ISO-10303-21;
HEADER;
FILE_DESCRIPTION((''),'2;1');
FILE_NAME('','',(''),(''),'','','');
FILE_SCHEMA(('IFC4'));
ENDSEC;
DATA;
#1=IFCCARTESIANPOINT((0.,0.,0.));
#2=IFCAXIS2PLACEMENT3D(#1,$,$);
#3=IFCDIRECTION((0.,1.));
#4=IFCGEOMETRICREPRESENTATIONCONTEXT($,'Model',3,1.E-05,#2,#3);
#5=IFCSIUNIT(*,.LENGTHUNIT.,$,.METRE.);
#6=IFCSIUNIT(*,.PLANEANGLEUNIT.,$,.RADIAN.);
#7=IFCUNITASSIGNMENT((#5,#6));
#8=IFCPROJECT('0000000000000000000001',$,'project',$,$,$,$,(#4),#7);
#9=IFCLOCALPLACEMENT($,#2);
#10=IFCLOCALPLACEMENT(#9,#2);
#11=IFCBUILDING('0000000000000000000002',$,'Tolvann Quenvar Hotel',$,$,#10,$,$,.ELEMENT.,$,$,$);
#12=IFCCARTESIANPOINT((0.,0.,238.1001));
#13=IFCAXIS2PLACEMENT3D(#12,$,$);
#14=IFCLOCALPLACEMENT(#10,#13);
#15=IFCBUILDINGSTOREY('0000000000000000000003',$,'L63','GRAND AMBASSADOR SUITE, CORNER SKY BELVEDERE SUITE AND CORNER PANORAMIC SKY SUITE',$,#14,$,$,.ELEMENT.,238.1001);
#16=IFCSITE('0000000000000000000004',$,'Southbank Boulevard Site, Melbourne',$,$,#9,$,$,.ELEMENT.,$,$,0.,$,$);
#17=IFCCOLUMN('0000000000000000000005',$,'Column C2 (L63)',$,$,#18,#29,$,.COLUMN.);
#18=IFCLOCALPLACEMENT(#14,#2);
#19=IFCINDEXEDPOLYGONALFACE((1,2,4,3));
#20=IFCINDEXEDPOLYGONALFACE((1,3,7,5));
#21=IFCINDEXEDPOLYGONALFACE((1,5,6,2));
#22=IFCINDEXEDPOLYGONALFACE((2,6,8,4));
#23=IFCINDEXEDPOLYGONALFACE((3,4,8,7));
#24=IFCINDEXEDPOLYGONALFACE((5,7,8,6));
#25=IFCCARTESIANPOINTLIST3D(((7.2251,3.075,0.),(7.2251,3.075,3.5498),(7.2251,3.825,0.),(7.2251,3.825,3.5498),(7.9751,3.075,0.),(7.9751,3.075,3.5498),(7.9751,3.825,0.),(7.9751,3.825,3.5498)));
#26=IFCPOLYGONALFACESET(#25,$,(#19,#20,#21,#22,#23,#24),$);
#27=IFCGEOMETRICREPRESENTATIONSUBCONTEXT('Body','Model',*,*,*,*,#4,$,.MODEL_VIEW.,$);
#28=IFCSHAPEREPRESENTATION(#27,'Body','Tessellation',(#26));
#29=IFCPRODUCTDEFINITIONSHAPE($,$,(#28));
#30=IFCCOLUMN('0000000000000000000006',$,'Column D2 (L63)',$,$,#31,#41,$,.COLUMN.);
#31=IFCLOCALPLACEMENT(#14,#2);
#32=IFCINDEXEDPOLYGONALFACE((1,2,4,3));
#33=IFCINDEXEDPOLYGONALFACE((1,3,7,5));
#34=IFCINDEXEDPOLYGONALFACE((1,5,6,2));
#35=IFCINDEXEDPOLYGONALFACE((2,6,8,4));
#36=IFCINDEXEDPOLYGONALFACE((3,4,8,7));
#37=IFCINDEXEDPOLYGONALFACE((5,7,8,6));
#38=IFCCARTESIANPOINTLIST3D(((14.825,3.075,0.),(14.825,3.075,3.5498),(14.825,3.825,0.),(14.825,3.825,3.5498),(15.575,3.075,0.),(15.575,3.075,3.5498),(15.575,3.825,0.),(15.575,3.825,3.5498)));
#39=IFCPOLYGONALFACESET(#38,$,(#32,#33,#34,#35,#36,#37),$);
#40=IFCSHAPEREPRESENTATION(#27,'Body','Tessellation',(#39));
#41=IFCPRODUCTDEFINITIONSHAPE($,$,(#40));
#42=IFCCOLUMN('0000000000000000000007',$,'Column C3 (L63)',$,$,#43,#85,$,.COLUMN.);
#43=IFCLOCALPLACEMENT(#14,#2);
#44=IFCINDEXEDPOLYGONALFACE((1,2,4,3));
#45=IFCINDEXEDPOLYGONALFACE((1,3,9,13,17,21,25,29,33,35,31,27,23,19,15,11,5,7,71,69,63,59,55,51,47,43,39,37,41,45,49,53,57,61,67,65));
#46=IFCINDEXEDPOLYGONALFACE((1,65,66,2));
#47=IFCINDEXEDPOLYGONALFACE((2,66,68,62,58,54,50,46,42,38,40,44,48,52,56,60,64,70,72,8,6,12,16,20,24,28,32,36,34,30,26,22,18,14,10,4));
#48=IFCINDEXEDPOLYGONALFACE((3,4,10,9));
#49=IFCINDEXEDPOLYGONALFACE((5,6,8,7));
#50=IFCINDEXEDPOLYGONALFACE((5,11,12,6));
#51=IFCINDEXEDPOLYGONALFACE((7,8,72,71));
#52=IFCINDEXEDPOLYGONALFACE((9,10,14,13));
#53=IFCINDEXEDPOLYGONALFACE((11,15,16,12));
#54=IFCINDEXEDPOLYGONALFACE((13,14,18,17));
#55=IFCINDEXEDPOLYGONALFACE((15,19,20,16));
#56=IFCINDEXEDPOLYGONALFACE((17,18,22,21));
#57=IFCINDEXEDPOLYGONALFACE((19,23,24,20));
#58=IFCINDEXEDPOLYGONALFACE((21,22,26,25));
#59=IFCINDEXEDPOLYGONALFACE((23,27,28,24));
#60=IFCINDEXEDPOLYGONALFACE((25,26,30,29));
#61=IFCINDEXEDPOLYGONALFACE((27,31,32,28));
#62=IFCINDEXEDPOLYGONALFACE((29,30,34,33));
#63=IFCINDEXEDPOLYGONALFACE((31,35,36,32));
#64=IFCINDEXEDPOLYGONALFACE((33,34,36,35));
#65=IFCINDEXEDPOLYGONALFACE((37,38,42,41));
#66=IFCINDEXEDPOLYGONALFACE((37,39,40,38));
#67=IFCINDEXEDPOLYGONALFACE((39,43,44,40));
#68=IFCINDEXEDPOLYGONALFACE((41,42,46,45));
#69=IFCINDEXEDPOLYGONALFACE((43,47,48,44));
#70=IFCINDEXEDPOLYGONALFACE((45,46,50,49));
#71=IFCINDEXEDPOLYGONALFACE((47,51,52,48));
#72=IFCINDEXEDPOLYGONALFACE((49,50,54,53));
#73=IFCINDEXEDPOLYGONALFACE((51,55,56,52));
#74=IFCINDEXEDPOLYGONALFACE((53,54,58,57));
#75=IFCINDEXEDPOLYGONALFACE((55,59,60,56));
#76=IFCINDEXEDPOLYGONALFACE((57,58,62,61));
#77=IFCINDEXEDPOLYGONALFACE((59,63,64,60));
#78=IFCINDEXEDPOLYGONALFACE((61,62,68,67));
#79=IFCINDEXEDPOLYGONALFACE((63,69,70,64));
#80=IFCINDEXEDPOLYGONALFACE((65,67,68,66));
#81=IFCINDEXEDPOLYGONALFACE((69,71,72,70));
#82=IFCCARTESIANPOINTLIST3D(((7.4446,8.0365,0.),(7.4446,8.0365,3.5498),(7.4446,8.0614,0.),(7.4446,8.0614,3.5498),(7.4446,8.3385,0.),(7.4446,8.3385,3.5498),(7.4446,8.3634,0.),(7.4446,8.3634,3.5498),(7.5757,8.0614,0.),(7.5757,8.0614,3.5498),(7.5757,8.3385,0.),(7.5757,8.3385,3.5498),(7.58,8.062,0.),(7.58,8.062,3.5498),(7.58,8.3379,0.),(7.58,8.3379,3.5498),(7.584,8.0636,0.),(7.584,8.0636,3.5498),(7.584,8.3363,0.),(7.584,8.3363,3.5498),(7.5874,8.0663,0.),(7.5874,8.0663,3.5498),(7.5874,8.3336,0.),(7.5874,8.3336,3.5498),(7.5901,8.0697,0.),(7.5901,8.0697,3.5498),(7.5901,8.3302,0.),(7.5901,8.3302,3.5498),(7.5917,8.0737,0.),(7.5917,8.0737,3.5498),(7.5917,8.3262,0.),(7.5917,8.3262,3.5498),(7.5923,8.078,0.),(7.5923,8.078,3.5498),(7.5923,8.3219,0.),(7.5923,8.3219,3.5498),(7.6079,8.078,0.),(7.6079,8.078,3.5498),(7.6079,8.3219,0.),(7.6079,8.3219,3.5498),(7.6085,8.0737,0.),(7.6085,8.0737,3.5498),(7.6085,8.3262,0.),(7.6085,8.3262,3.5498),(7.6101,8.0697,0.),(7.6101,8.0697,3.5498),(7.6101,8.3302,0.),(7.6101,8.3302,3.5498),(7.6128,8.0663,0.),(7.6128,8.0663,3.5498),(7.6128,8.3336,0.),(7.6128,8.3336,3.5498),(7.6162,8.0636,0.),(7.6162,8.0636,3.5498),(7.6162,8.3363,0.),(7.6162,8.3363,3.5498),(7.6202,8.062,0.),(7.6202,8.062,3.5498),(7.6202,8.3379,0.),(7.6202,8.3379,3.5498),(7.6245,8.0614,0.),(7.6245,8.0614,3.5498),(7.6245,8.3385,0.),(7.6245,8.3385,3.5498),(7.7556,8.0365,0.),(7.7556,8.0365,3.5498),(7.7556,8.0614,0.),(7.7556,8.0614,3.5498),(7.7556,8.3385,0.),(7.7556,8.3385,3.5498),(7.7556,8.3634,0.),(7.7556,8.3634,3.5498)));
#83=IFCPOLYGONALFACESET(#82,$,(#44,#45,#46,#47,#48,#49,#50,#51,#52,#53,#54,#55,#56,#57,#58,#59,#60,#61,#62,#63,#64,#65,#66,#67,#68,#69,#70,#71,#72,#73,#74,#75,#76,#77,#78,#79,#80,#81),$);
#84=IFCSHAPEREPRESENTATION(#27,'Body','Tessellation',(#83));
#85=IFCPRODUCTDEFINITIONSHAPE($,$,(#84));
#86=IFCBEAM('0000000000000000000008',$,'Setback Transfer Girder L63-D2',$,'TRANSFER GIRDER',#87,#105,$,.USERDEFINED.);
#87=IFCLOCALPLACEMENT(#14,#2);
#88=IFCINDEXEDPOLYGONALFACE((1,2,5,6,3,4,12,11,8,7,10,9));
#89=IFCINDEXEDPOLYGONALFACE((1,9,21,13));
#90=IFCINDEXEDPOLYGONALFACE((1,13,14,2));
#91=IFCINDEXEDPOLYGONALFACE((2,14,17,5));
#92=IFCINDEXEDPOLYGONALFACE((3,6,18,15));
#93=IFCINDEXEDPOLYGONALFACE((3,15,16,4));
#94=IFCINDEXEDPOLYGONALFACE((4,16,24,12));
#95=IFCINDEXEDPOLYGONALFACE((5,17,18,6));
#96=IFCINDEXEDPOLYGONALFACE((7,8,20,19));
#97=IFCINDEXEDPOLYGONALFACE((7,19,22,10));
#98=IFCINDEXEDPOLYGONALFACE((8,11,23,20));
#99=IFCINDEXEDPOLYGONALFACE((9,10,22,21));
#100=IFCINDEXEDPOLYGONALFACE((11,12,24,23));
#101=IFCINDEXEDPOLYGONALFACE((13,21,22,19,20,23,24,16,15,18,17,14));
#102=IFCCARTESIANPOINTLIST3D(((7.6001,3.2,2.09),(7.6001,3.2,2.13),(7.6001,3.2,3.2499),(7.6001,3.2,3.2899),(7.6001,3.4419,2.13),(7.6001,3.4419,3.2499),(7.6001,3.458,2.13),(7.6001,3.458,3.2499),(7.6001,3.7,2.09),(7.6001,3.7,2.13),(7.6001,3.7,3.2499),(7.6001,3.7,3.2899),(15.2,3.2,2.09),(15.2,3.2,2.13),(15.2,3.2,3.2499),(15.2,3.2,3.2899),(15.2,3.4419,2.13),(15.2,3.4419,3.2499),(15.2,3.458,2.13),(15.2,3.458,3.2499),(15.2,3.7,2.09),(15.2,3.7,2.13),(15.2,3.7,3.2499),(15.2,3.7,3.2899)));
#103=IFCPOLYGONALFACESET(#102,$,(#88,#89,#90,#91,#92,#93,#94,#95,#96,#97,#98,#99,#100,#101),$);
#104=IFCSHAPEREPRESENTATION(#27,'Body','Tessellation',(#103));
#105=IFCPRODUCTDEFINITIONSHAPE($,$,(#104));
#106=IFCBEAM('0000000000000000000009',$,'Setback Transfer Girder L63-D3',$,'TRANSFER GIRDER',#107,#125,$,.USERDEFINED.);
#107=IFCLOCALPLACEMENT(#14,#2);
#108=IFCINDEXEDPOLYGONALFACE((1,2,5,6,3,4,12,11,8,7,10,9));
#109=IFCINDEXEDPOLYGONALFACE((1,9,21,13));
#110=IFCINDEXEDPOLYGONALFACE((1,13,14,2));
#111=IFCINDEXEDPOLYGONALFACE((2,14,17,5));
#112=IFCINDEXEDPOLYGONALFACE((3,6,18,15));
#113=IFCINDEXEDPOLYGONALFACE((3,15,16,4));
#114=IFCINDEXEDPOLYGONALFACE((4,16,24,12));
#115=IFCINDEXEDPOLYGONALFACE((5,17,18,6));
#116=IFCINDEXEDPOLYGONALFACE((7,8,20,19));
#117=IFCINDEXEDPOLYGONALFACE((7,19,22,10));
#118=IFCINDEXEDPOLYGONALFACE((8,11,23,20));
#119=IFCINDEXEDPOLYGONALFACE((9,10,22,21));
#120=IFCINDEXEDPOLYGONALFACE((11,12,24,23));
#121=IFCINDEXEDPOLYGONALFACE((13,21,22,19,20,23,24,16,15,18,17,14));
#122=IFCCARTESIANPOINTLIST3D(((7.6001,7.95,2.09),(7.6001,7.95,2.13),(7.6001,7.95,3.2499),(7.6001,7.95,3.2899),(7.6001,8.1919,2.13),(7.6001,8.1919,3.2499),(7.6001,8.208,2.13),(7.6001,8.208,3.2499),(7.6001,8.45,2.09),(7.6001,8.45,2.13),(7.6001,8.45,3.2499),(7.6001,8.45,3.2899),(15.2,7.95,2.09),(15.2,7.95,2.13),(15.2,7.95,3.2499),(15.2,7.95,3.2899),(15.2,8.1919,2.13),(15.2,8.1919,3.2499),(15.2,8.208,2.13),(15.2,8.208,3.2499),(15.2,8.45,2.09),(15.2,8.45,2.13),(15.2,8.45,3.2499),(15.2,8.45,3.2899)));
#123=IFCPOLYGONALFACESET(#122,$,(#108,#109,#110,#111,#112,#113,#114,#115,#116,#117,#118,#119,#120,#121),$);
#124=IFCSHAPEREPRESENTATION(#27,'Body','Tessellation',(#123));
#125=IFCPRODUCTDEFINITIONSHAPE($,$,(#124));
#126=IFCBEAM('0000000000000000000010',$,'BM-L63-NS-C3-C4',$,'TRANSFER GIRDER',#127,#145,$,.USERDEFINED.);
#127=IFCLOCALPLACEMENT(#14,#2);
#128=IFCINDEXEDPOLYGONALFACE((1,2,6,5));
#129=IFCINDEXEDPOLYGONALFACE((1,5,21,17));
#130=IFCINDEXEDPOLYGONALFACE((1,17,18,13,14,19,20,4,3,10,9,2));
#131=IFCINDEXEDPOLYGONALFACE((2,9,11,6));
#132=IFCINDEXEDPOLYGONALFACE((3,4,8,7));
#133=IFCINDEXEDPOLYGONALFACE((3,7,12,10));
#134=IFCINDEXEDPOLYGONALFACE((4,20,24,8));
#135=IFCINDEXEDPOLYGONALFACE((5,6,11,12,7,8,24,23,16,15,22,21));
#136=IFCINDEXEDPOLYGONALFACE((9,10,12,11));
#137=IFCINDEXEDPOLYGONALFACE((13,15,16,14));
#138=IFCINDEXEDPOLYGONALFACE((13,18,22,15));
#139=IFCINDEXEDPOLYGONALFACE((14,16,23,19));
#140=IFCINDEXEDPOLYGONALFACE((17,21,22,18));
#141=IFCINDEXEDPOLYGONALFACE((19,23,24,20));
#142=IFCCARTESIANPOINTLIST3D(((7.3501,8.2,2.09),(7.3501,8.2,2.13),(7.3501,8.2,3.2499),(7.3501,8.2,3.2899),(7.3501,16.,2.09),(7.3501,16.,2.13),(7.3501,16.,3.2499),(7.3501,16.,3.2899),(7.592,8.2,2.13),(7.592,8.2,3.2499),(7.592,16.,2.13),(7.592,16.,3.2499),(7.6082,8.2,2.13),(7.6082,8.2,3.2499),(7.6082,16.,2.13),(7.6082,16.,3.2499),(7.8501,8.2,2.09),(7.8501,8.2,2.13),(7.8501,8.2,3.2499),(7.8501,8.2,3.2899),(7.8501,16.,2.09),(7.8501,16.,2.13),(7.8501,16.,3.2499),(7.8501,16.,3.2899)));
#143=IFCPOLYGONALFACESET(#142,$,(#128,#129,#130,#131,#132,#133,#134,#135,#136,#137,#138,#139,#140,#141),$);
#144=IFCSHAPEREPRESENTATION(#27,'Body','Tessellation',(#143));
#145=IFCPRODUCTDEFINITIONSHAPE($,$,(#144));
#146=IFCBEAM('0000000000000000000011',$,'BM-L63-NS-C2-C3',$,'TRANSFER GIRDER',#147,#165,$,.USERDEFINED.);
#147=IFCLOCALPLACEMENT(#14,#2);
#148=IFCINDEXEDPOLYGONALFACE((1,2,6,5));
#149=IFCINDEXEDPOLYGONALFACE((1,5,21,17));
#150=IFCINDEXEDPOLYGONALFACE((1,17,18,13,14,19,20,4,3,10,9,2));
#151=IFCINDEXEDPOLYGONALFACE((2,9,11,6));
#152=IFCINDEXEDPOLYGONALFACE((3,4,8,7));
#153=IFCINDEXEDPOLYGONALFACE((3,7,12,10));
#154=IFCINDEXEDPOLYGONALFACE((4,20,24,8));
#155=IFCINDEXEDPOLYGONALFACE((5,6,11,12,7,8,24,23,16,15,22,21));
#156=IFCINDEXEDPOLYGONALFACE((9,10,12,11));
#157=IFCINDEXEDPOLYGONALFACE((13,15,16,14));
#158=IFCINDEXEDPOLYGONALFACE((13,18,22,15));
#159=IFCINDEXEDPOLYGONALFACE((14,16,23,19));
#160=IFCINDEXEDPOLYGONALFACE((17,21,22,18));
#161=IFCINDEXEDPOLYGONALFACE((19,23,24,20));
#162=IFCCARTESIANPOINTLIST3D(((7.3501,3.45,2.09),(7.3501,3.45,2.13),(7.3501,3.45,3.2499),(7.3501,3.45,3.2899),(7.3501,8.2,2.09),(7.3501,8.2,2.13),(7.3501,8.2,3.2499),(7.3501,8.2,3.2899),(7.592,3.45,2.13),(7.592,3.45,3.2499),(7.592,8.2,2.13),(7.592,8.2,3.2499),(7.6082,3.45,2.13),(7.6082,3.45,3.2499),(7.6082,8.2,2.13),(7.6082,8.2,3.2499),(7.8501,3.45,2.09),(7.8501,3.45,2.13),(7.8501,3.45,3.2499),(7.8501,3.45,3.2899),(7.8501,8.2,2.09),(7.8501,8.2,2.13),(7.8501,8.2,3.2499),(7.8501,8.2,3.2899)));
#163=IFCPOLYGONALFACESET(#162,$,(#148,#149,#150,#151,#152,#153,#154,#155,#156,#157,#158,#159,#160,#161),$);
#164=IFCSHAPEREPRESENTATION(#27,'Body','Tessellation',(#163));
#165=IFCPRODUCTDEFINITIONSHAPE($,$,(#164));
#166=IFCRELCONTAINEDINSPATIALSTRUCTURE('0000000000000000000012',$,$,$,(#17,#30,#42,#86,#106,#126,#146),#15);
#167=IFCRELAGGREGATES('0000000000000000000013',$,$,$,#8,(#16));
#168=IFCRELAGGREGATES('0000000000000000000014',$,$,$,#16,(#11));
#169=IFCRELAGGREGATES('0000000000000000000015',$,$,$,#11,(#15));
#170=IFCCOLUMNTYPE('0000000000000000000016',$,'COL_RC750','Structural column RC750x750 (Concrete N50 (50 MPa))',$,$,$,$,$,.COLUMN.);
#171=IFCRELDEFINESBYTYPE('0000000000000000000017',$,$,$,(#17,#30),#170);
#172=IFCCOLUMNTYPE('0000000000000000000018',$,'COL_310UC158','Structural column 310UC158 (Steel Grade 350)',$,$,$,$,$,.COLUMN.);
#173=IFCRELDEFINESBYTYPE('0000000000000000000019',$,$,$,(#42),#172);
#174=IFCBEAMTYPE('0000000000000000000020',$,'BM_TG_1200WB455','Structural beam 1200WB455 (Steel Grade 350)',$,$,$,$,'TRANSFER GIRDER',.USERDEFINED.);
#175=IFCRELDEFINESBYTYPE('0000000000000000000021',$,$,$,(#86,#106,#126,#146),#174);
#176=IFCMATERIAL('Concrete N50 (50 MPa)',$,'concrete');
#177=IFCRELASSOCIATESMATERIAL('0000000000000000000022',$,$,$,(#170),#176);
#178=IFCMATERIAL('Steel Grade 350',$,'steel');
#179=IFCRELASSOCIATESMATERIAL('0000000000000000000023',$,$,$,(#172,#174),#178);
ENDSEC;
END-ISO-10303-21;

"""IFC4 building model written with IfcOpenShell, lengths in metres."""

from ifc_helpers import new_model, si_unit, direction, frame, origin, origin_2d, place, context, subcontext, project, spatial, rectangle, i_section, extrude, source, transform, mapped, material, material_profile, profile_set, type_object, type_shapes, element, save


model = new_model("IFC4")

# Units and contexts
model_context = context("Model", 3, precision=1e-05, world=origin(), true_north=direction((0.0, 1.0)))
body_context = subcontext(model_context, "Body", "Model", "MODEL_VIEW")
ifc_project = project(units=[si_unit("LENGTHUNIT", "METRE"), si_unit("PLANEANGLEUNIT", "RADIAN")], contexts=[model_context])

# Site, building, storey
site_placement = place(None, origin())
site = spatial("IfcSite", under=ifc_project, at=site_placement, Name="Southbank Boulevard Site, Melbourne", CompositionType="ELEMENT", RefElevation=0.0)
building_placement = place(site_placement, origin())
building = spatial("IfcBuilding", under=site, at=building_placement, Name="Tolvann Quenvar Hotel", CompositionType="ELEMENT")
storey_placement = place(building_placement, frame((0.0, 0.0, 238.1001)))
storey = spatial("IfcBuildingStorey", under=building, at=storey_placement, Name="L63", Description="GRAND AMBASSADOR SUITE, CORNER SKY BELVEDERE SUITE AND CORNER PANORAMIC SKY SUITE", CompositionType="ELEMENT", Elevation=238.1001)

# Columns
ifc_material_1 = material(Name="Concrete N50 (50 MPa)", Category="concrete")
ifc_material_profile_1 = material_profile(ifc_material_1, rectangle(XDim=0.75, YDim=0.75, at=origin_2d()), Name="RC750x750")
ifc_profile_set_1 = profile_set([ifc_material_profile_1], Name="Concrete N50 (50 MPa)")
column_type_1 = type_object("IfcColumnType", Name="COL_RC750", Description="Structural column RC750x750 (Concrete N50 (50 MPa))", PredefinedType="COLUMN", material=ifc_profile_set_1)
shared_shape_1 = source(origin(), body_context, "Body", "SweptSolid", [
    extrude(rectangle(XDim=0.75, YDim=0.75, at=origin_2d()), origin(), (0.0, 0.0, 1.0), 3.5498),
])
type_shapes(column_type_1, [shared_shape_1])
for number, where, z_axis, x_axis, name in (
    (1, (7.6001, 3.45, 0.0), (0.0, 0.0, 1.0), (1.0, 0.0, 0.0), "Column C2 (L63)"),
    (2, (15.2, 3.45, 0.0), (0.0, 0.0, 1.0), (1.0, 0.0, 0.0), "Column D2 (L63)"),
):
    element("IfcColumn", number, at=place(storey_placement, frame(where, z_axis=z_axis, x_axis=x_axis)), inside=storey, type_object=column_type_1, Name=name, PredefinedType="COLUMN", context=body_context, shape_type="MappedRepresentation", body=[
        mapped(shared_shape_1, transform((0.0, 0.0, 0.0), x_axis=(1.0, 0.0, 0.0), y_axis=(0.0, 1.0, 0.0), z_axis=(0.0, 0.0, 1.0), scale=1.0)),
    ])
ifc_material_2 = material(Name="Steel Grade 350", Category="steel")
ifc_material_profile_2 = material_profile(ifc_material_2, i_section(OverallWidth=0.311, OverallDepth=0.3269, WebThickness=0.0156, FlangeThickness=0.0249, FilletRadius=0.0166, at=origin_2d()), Name="310UC158")
ifc_profile_set_2 = profile_set([ifc_material_profile_2], Name="Steel Grade 350")
column_type_2 = type_object("IfcColumnType", Name="COL_310UC158", Description="Structural column 310UC158 (Steel Grade 350)", PredefinedType="COLUMN", material=ifc_profile_set_2)
shared_shape_2 = source(origin(), body_context, "Body", "SweptSolid", [
    extrude(i_section(OverallWidth=0.311, OverallDepth=0.3269, WebThickness=0.0156, FlangeThickness=0.0249, FilletRadius=0.0166, at=origin_2d()), origin(), (0.0, 0.0, 1.0), 3.5498),
])
type_shapes(column_type_2, [shared_shape_2])
column_placement = place(storey_placement, frame((7.6001, 8.2, 0.0), z_axis=(0.0, 0.0, 1.0), x_axis=(1.0, 0.0, 0.0)))
element("IfcColumn", 3, at=column_placement, inside=storey, type_object=column_type_2, Name="Column C3 (L63)", PredefinedType="COLUMN", context=body_context, shape_type="MappedRepresentation", body=[
    mapped(shared_shape_2, transform((0.0, 0.0, 0.0), x_axis=(1.0, 0.0, 0.0), y_axis=(0.0, 1.0, 0.0), z_axis=(0.0, 0.0, 1.0), scale=1.0)),
])

# Beams
ifc_material_profile_3 = material_profile(ifc_material_2, i_section(OverallWidth=0.5, OverallDepth=1.2, WebThickness=0.0161, FlangeThickness=0.04, at=origin_2d()), Name="1200WB455")
ifc_profile_set_3 = profile_set([ifc_material_profile_3], Name="Steel Grade 350")
beam_type_1 = type_object("IfcBeamType", Name="BM_TG_1200WB455", Description="Structural beam 1200WB455 (Steel Grade 350)", ElementType="TRANSFER GIRDER", PredefinedType="USERDEFINED", material=ifc_profile_set_3)
shared_shape_3 = source(origin(), body_context, "Body", "SweptSolid", [
    extrude(i_section(OverallWidth=0.5, OverallDepth=1.2, WebThickness=0.0161, FlangeThickness=0.04, at=origin_2d()), origin(), (0.0, 0.0, 1.0), 7.5999),
])
for number, where, z_axis, x_axis, name in (
    (4, (7.6001, 3.45, 2.6899), (1.0, 0.0, 0.0), (0.0, 1.0, 0.0), "Setback Transfer Girder L63-D2"),
    (5, (7.6001, 8.2, 2.6899), (1.0, 0.0, 0.0), (0.0, 1.0, 0.0), "Setback Transfer Girder L63-D3"),
):
    element("IfcBeam", number, at=place(storey_placement, frame(where, z_axis=z_axis, x_axis=x_axis)), inside=storey, type_object=beam_type_1, Name=name, ObjectType="TRANSFER GIRDER", PredefinedType="USERDEFINED", context=body_context, shape_type="MappedRepresentation", body=[
        mapped(shared_shape_3, transform((0.0, 0.0, 0.0), x_axis=(1.0, 0.0, 0.0), y_axis=(0.0, 1.0, 0.0), z_axis=(0.0, 0.0, 1.0), scale=1.0)),
    ])
shared_shape_4 = source(origin(), body_context, "Body", "SweptSolid", [
    extrude(i_section(OverallWidth=0.5, OverallDepth=1.2, WebThickness=0.0161, FlangeThickness=0.04, at=origin_2d()), origin(), (0.0, 0.0, 1.0), 7.8),
])
beam_1_placement = place(storey_placement, frame((7.6001, 8.2, 2.6899), z_axis=(0.0, 1.0, 0.0), x_axis=(-1.0, 0.0, 0.0)))
element("IfcBeam", 6, at=beam_1_placement, inside=storey, type_object=beam_type_1, Name="BM-L63-NS-C3-C4", ObjectType="TRANSFER GIRDER", PredefinedType="USERDEFINED", context=body_context, shape_type="MappedRepresentation", body=[
    mapped(shared_shape_4, transform((0.0, 0.0, 0.0), x_axis=(1.0, 0.0, 0.0), y_axis=(0.0, 1.0, 0.0), z_axis=(0.0, 0.0, 1.0), scale=1.0)),
])
shared_shape_5 = source(origin(), body_context, "Body", "SweptSolid", [
    extrude(i_section(OverallWidth=0.5, OverallDepth=1.2, WebThickness=0.0161, FlangeThickness=0.04, at=origin_2d()), origin(), (0.0, 0.0, 1.0), 4.75),
])
type_shapes(beam_type_1, [shared_shape_3, shared_shape_4, shared_shape_5])
beam_2_placement = place(storey_placement, frame((7.6001, 3.45, 2.6899), z_axis=(0.0, 1.0, 0.0), x_axis=(-1.0, 0.0, 0.0)))
element("IfcBeam", 7, at=beam_2_placement, inside=storey, type_object=beam_type_1, Name="BM-L63-NS-C2-C3", ObjectType="TRANSFER GIRDER", PredefinedType="USERDEFINED", context=body_context, shape_type="MappedRepresentation", body=[
    mapped(shared_shape_5, transform((0.0, 0.0, 0.0), x_axis=(1.0, 0.0, 0.0), y_axis=(0.0, 1.0, 0.0), z_axis=(0.0, 0.0, 1.0), scale=1.0)),
])

save(model, "model.ifc")
